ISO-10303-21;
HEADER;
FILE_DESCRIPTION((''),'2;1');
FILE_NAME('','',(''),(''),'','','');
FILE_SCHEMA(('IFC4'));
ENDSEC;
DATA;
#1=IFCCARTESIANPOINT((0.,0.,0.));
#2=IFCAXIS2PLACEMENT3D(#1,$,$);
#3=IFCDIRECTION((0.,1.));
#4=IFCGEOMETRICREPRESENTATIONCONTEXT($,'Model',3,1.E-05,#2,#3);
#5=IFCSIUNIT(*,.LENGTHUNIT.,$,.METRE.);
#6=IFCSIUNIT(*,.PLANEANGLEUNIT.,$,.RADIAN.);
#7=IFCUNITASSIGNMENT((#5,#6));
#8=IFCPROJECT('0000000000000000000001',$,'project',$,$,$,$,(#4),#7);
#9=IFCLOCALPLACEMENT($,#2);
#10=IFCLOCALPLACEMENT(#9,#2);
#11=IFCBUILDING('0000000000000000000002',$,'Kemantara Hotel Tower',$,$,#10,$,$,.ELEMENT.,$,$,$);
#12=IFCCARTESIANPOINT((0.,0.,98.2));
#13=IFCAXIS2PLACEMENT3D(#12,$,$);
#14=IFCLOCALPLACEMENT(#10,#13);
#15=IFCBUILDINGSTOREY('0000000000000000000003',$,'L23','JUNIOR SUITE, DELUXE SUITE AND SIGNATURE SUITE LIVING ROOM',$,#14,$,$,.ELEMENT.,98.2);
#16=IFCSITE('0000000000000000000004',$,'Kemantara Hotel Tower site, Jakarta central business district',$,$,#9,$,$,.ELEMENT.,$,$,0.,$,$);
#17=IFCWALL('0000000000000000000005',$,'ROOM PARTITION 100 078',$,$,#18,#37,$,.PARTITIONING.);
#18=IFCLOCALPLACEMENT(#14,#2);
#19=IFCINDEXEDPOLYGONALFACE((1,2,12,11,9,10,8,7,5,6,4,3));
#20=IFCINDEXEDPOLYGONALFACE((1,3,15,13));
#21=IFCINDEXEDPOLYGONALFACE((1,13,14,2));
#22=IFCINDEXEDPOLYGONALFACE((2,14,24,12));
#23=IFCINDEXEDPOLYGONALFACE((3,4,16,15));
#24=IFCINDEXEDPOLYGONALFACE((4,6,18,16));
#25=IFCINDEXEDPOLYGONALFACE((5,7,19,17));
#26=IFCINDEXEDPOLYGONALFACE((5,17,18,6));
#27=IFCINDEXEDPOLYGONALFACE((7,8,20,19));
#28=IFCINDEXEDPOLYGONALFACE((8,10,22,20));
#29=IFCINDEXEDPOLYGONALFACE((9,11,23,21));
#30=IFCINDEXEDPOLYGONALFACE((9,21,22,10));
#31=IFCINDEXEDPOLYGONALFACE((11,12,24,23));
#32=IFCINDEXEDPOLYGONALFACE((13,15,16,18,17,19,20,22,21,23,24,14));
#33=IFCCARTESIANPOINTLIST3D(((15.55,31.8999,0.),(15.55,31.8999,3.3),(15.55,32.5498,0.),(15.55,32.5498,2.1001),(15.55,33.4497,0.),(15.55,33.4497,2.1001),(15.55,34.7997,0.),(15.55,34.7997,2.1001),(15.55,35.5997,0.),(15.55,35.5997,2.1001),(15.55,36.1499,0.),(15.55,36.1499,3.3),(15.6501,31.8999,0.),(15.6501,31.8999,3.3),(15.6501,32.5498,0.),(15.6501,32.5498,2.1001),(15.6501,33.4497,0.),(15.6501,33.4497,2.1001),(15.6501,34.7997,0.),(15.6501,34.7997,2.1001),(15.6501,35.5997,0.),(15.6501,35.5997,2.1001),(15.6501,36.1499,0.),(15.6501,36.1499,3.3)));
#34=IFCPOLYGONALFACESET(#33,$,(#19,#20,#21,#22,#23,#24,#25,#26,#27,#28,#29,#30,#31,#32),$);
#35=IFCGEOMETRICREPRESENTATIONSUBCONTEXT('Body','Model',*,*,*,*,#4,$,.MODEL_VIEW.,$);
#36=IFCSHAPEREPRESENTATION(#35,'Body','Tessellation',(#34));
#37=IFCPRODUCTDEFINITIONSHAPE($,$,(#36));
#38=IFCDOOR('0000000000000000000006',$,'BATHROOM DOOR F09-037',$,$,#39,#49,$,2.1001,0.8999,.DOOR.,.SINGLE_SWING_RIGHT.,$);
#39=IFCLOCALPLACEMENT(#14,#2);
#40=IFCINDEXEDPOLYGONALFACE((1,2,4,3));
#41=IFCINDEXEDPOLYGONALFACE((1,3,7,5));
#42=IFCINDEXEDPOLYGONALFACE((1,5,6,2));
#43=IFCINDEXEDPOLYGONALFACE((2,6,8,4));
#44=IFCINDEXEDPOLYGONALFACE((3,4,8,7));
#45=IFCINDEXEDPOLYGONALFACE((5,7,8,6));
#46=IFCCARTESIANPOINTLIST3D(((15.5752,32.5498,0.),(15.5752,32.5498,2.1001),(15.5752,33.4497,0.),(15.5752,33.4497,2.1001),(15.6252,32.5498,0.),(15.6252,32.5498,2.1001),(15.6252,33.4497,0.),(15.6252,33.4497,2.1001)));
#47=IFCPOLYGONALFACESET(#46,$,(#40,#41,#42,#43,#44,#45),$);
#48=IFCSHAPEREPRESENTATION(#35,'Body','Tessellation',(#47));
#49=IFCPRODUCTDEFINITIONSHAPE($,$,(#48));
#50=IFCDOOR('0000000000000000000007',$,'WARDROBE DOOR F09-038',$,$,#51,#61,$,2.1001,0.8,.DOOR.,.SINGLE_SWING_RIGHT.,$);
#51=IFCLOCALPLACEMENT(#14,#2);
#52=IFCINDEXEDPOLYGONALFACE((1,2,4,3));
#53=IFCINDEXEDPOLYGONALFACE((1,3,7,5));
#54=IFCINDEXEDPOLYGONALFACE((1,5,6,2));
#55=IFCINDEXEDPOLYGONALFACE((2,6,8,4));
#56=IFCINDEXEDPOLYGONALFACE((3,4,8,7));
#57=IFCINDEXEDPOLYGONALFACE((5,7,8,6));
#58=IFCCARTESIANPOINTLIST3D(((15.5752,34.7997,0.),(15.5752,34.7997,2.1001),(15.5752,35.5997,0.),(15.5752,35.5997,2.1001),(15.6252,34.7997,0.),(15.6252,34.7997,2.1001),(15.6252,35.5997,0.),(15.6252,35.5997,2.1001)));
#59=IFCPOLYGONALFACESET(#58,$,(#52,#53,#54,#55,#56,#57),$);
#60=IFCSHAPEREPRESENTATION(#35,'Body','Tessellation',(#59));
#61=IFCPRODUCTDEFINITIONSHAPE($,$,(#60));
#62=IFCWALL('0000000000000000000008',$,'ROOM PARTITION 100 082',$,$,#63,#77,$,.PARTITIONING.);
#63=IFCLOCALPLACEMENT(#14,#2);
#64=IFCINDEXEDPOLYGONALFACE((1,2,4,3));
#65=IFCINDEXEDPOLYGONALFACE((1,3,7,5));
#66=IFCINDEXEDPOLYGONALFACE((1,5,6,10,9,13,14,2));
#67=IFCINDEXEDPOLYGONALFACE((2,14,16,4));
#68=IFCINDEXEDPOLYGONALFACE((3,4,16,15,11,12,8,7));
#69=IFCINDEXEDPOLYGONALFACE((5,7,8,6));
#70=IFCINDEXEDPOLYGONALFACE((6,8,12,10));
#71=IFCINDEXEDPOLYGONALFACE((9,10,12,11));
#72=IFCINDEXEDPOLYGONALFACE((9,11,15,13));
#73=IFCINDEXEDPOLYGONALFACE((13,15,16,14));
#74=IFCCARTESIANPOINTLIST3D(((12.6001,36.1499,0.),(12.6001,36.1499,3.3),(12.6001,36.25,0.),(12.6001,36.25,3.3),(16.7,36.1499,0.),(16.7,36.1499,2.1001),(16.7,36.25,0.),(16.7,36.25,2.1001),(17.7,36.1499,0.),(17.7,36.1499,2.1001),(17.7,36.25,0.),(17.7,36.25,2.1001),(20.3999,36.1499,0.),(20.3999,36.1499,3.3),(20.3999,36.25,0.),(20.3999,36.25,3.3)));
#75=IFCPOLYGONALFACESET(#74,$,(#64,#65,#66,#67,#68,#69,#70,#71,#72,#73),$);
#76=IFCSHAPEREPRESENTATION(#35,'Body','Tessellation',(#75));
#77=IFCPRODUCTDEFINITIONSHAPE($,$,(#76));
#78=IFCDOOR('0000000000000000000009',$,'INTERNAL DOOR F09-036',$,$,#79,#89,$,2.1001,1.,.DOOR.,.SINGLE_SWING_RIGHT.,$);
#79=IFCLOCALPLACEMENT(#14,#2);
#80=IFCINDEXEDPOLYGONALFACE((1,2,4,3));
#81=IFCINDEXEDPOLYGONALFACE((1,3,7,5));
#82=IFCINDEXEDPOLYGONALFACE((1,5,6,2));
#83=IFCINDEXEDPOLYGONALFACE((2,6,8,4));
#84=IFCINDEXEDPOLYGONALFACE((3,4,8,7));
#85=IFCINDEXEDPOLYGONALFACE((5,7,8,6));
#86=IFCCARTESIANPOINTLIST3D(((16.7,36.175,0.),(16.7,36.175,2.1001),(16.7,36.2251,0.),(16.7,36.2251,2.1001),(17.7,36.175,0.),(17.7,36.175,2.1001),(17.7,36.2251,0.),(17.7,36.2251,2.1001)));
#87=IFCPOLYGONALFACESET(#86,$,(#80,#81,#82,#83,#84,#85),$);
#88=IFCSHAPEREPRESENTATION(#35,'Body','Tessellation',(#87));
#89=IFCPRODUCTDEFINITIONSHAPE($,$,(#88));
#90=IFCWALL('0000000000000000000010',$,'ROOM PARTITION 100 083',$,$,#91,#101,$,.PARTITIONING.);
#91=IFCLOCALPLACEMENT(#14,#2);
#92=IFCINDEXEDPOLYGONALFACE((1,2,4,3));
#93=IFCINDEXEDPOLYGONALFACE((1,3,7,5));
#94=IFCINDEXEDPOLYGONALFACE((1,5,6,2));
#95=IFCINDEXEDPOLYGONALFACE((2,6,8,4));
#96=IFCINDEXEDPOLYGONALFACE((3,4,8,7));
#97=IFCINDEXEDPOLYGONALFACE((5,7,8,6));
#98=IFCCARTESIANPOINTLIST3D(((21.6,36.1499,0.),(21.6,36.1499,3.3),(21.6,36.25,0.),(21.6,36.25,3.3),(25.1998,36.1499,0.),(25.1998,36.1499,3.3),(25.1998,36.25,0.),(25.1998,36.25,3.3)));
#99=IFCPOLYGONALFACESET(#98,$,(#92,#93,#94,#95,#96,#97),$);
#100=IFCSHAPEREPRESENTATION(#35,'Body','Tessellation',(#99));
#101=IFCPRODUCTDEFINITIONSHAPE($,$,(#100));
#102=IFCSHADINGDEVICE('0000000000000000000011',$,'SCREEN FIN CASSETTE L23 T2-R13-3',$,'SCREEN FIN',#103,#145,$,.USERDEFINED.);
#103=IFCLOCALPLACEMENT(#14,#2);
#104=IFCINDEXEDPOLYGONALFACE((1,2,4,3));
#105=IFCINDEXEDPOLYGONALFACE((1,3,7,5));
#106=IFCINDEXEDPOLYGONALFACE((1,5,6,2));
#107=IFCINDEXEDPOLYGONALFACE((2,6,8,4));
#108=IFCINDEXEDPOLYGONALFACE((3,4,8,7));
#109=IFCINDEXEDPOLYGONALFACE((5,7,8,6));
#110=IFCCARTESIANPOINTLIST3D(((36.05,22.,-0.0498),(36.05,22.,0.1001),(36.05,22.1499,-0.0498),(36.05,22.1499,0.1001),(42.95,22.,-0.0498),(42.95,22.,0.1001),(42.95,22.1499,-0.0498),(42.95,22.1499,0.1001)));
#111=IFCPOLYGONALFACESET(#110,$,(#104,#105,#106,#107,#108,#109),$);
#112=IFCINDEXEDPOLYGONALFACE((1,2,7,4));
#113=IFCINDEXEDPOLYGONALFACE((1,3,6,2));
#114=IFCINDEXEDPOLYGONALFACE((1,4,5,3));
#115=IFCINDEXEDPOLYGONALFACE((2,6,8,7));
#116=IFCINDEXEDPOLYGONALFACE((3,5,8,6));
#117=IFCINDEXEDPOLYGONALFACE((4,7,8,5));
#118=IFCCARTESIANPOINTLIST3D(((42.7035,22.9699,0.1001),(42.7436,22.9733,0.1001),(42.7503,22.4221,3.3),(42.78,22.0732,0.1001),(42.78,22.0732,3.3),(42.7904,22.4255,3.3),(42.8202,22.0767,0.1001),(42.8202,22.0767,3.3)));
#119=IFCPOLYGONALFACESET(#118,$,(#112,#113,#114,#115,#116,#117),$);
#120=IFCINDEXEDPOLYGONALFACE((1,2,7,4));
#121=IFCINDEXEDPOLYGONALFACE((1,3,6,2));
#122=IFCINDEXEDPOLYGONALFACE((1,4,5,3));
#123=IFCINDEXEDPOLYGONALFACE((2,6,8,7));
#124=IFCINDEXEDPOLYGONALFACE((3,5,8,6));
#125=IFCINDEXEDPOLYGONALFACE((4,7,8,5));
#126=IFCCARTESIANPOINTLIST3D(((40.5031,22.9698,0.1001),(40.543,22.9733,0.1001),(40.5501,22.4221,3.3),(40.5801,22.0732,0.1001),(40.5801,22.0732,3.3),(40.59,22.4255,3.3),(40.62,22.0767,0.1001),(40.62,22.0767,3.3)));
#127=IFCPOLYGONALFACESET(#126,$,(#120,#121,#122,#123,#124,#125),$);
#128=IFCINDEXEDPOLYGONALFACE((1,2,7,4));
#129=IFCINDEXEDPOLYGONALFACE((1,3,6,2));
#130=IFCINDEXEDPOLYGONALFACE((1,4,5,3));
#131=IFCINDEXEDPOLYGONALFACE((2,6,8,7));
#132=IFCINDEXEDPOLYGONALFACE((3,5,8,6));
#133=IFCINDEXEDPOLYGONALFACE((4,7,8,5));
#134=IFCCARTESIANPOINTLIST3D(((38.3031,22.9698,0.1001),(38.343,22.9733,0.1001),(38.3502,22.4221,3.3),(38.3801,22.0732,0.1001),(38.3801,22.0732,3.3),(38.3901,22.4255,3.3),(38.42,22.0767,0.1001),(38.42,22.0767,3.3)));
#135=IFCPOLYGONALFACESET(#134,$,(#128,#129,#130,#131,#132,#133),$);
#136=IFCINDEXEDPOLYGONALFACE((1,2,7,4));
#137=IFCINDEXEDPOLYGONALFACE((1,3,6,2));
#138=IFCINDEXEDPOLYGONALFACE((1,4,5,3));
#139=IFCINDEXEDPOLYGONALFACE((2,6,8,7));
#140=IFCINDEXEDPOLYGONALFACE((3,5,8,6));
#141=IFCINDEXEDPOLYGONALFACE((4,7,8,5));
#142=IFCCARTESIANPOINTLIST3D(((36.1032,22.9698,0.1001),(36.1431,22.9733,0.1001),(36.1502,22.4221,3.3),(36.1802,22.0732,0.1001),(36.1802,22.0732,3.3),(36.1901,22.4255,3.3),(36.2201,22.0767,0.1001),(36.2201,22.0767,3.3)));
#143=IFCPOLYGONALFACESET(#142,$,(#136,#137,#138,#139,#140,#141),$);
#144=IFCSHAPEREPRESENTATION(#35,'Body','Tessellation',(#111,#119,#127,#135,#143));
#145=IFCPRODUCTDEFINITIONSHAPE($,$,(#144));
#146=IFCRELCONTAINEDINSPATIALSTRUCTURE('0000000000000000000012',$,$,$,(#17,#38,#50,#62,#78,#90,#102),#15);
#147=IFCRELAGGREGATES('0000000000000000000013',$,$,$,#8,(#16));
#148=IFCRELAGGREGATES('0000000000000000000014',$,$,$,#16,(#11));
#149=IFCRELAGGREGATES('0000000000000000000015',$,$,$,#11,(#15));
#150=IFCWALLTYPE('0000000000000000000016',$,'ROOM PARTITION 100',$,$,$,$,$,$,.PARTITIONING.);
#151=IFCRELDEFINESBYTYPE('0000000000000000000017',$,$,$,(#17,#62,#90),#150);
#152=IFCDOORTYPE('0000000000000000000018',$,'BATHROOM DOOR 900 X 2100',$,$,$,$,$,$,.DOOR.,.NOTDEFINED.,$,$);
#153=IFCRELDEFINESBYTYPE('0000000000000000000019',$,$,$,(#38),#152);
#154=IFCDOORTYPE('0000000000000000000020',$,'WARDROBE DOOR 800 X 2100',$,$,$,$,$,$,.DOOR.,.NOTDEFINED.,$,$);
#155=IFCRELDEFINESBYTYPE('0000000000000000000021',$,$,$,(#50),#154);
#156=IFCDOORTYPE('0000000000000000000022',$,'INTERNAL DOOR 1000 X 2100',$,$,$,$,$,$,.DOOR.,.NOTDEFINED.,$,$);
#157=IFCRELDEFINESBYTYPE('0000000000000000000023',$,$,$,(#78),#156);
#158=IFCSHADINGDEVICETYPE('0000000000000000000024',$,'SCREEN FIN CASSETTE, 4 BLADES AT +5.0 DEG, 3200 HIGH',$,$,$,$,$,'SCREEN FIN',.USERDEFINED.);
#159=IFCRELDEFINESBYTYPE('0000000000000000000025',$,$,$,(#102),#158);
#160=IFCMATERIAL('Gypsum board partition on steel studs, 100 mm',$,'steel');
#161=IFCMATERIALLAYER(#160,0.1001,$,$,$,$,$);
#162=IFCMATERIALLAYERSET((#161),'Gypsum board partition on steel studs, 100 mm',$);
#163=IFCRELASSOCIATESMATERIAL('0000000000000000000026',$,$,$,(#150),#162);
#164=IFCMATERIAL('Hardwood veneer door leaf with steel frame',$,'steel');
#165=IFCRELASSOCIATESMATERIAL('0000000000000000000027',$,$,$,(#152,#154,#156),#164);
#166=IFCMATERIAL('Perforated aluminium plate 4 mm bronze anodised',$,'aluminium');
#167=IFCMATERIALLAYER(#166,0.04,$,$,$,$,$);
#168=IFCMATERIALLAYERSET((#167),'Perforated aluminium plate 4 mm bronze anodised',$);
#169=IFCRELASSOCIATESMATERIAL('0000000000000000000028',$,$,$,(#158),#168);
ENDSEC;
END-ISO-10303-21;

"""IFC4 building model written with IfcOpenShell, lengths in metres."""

from ifc_helpers import new_model, si_unit, direction, frame, frame_2d, origin, origin_2d, place, context, subcontext, project, spatial, polyline, rectangle, outline, extrude, source, transform, mapped, material, layer, layer_set, type_object, element, fill, save


model = new_model("IFC4")

# Units and contexts
model_context = context("Model", 3, precision=1e-05, world=origin(), true_north=direction((0.0, 1.0)))
body_context = subcontext(model_context, "Body", "Model", "MODEL_VIEW")
ifc_project = project(units=[si_unit("LENGTHUNIT", "METRE"), si_unit("PLANEANGLEUNIT", "RADIAN")], contexts=[model_context])

# Site, building, storey
site_placement = place(None, origin())
site = spatial("IfcSite", under=ifc_project, at=site_placement, Name="Kemantara Hotel Tower site, Jakarta central business district", CompositionType="ELEMENT", RefElevation=0.0)
building_placement = place(site_placement, origin())
building = spatial("IfcBuilding", under=site, at=building_placement, Name="Kemantara Hotel Tower", CompositionType="ELEMENT")
storey_placement = place(building_placement, frame((0.0, 0.0, 98.2)))
storey = spatial("IfcBuildingStorey", under=building, at=storey_placement, Name="L23", Description="JUNIOR SUITE, DELUXE SUITE AND SIGNATURE SUITE LIVING ROOM", CompositionType="ELEMENT", Elevation=98.2)

# Shared definitions
ifc_material_1 = material(Name="Gypsum board partition on steel studs, 100 mm", Category="steel")
ifc_layer_1 = layer(ifc_material_1, 0.1001)
ifc_layer_set_1 = layer_set([ifc_layer_1], Name="Gypsum board partition on steel studs, 100 mm")
wall_type_1 = type_object("IfcWallType", Name="ROOM PARTITION 100", PredefinedType="PARTITIONING", material=ifc_layer_set_1)

# Wall, openings, doors
wall_1_placement = place(storey_placement, frame((15.6001, 31.8999, 0.0), z_axis=(0.0, 0.0, 1.0), x_axis=(0.0, 1.0, 0.0)))
wall_1 = element("IfcWall", 1, at=wall_1_placement, inside=storey, type_object=wall_type_1, Name="ROOM PARTITION 100 078", PredefinedType="PARTITIONING", context=body_context, shape_type="SweptSolid", body=[
    extrude(rectangle(XDim=4.25, YDim=0.1001, at=frame_2d((2.125, 0.0))), origin(), (0.0, 0.0, 1.0), 3.3),
])
opening_1_placement = place(wall_1_placement, frame((0.6499, 0.0, 0.0)))
opening_1 = element("IfcOpeningElement", 2, at=opening_1_placement, cuts=wall_1, PredefinedType="OPENING", context=body_context, shape_type="SweptSolid", body=[
    extrude(rectangle(XDim=0.8999, YDim=2.1001, at=frame_2d((0.45, 1.05))), frame((0.0, 0.0601, 0.0), z_axis=(0.0, -1.0, 0.0), x_axis=(1.0, 0.0, 0.0)), (0.0, 0.0, 1.0), 0.1201),
])
opening_2_placement = place(wall_1_placement, frame((2.8999, 0.0, 0.0)))
opening_2 = element("IfcOpeningElement", 3, at=opening_2_placement, cuts=wall_1, PredefinedType="OPENING", context=body_context, shape_type="SweptSolid", body=[
    extrude(rectangle(XDim=0.8, YDim=2.1001, at=frame_2d((0.3999, 1.05))), frame((0.0, 0.0601, 0.0), z_axis=(0.0, -1.0, 0.0), x_axis=(1.0, 0.0, 0.0)), (0.0, 0.0, 1.0), 0.1201),
])
ifc_material_2 = material(Name="Hardwood veneer door leaf with steel frame", Category="steel")
door_type_1 = type_object("IfcDoorType", Name="BATHROOM DOOR 900 X 2100", OperationType="NOTDEFINED", PredefinedType="DOOR", material=ifc_material_2)
door_1_placement = place(opening_1_placement, origin())
door_1 = element("IfcDoor", 4, at=door_1_placement, inside=storey, type_object=door_type_1, Name="BATHROOM DOOR F09-037", OperationType="SINGLE_SWING_RIGHT", OverallHeight=2.1001, OverallWidth=0.8999, PredefinedType="DOOR", context=body_context, shape_type="SweptSolid", body=[
    extrude(rectangle(XDim=0.8999, YDim=2.1001, at=frame_2d((0.45, 1.05))), frame((0.0, 0.0249, 0.0), z_axis=(0.0, -1.0, 0.0), x_axis=(1.0, 0.0, 0.0)), (0.0, 0.0, 1.0), 0.05),
])
fill(opening_1, door_1)
door_type_2 = type_object("IfcDoorType", Name="WARDROBE DOOR 800 X 2100", OperationType="NOTDEFINED", PredefinedType="DOOR", material=ifc_material_2)
door_2_placement = place(opening_2_placement, origin())
door_2 = element("IfcDoor", 5, at=door_2_placement, inside=storey, type_object=door_type_2, Name="WARDROBE DOOR F09-038", OperationType="SINGLE_SWING_RIGHT", OverallHeight=2.1001, OverallWidth=0.8, PredefinedType="DOOR", context=body_context, shape_type="SweptSolid", body=[
    extrude(rectangle(XDim=0.8, YDim=2.1001, at=frame_2d((0.3999, 1.05))), frame((0.0, 0.0249, 0.0), z_axis=(0.0, -1.0, 0.0), x_axis=(1.0, 0.0, 0.0)), (0.0, 0.0, 1.0), 0.05),
])
fill(opening_2, door_2)

# Wall, opening, door
wall_2_placement = place(storey_placement, frame((20.3999, 36.2, 0.0), z_axis=(0.0, 0.0, 1.0), x_axis=(-1.0, 0.0, 0.0)))
wall_2 = element("IfcWall", 6, at=wall_2_placement, inside=storey, type_object=wall_type_1, Name="ROOM PARTITION 100 082", PredefinedType="PARTITIONING", context=body_context, shape_type="SweptSolid", body=[
    extrude(rectangle(XDim=7.7998, YDim=0.1001, at=frame_2d((3.8999, 0.0))), origin(), (0.0, 0.0, 1.0), 3.3),
])
opening_3_placement = place(wall_2_placement, frame((2.7, 0.0, 0.0)))
opening_3 = element("IfcOpeningElement", 7, at=opening_3_placement, cuts=wall_2, PredefinedType="OPENING", context=body_context, shape_type="SweptSolid", body=[
    extrude(rectangle(XDim=1.0, YDim=2.1001, at=frame_2d((0.5, 1.05))), frame((0.0, 0.0601, 0.0), z_axis=(0.0, -1.0, 0.0), x_axis=(1.0, 0.0, 0.0)), (0.0, 0.0, 1.0), 0.1201),
])
door_type_3 = type_object("IfcDoorType", Name="INTERNAL DOOR 1000 X 2100", OperationType="NOTDEFINED", PredefinedType="DOOR", material=ifc_material_2)
door_3_placement = place(opening_3_placement, origin())
door_3 = element("IfcDoor", 8, at=door_3_placement, inside=storey, type_object=door_type_3, Name="INTERNAL DOOR F09-036", OperationType="SINGLE_SWING_RIGHT", OverallHeight=2.1001, OverallWidth=1.0, PredefinedType="DOOR", context=body_context, shape_type="SweptSolid", body=[
    extrude(rectangle(XDim=1.0, YDim=2.1001, at=frame_2d((0.5, 1.05))), frame((0.0, 0.0249, 0.0), z_axis=(0.0, -1.0, 0.0), x_axis=(1.0, 0.0, 0.0)), (0.0, 0.0, 1.0), 0.05),
])
fill(opening_3, door_3)

# Wall
wall_3_placement = place(storey_placement, frame((21.6001, 36.2, 0.0), z_axis=(0.0, 0.0, 1.0), x_axis=(1.0, 0.0, 0.0)))
element("IfcWall", 9, at=wall_3_placement, inside=storey, type_object=wall_type_1, Name="ROOM PARTITION 100 083", PredefinedType="PARTITIONING", context=body_context, shape_type="SweptSolid", body=[
    extrude(rectangle(XDim=3.5999, YDim=0.1001, at=frame_2d((1.7998, 0.0))), origin(), (0.0, 0.0, 1.0), 3.3),
])

# Shading device
ifc_material_3 = material(Name="Perforated aluminium plate 4 mm bronze anodised", Category="aluminium")
ifc_layer_2 = layer(ifc_material_3, 0.04)
ifc_layer_set_2 = layer_set([ifc_layer_2], Name="Perforated aluminium plate 4 mm bronze anodised")
shading_device_type_1 = type_object("IfcShadingDeviceType", Name="SCREEN FIN CASSETTE, 4 BLADES AT +5.0 DEG, 3200 HIGH", ElementType="SCREEN FIN", PredefinedType="USERDEFINED", material=ifc_layer_set_2)
shared_shape_1 = source(origin(), body_context, "Body", "SweptSolid", [
    extrude(rectangle(XDim=6.8999, YDim=0.1499, at=origin_2d()), frame((3.3, -0.075, -0.1499), z_axis=(0.0, 0.0, 1.0), x_axis=(1.0, 0.0, 0.0)), (0.0, 0.0, 1.0), 0.1499),
    extrude(outline(polyline([(0.0, 0.0), (0.8999, 0.0), (0.3501, 3.2), (0.0, 3.2), (0.0, 0.0)])), frame((0.02, -0.0732, 0.0), z_axis=(-0.996376, -0.085056, 0.0), x_axis=(0.085056, -0.996376, 0.0)), (0.0, 0.0, 1.0), 0.0403),
    extrude(outline(polyline([(0.0, 0.0), (0.8999, 0.0), (0.3501, 3.2), (0.0, 3.2), (0.0, 0.0)])), frame((2.22, -0.0732, 0.0), z_axis=(-0.996332, -0.085575, 0.0), x_axis=(0.085575, -0.996332, 0.0)), (0.0, 0.0, 1.0), 0.04),
    extrude(outline(polyline([(0.0, 0.0), (0.8999, 0.0), (0.3501, 3.2), (0.0, 3.2), (0.0, 0.0)])), frame((4.4199, -0.0732, 0.0), z_axis=(-0.996332, -0.085575, 0.0), x_axis=(0.085575, -0.996332, 0.0)), (0.0, 0.0, 1.0), 0.04),
    extrude(outline(polyline([(0.0, 0.0), (0.8999, 0.0), (0.3501, 3.2), (0.0, 3.2), (0.0, 0.0)])), frame((6.6199, -0.0732, 0.0), z_axis=(-0.996332, -0.085575, 0.0), x_axis=(0.085575, -0.996332, 0.0)), (0.0, 0.0, 1.0), 0.04),
])
shading_device_1_placement = place(storey_placement, frame((42.8, 22.0, 0.1001), z_axis=(0.0, 0.0, 1.0), x_axis=(-1.0, 0.0, 0.0)))
element("IfcShadingDevice", 10, at=shading_device_1_placement, inside=storey, type_object=shading_device_type_1, Name="SCREEN FIN CASSETTE L23 T2-R13-3", ObjectType="SCREEN FIN", PredefinedType="USERDEFINED", context=body_context, shape_type="MappedRepresentation", body=[
    mapped(shared_shape_1, transform((0.0, 0.0, 0.0))),
])

save(model, "model.ifc")
